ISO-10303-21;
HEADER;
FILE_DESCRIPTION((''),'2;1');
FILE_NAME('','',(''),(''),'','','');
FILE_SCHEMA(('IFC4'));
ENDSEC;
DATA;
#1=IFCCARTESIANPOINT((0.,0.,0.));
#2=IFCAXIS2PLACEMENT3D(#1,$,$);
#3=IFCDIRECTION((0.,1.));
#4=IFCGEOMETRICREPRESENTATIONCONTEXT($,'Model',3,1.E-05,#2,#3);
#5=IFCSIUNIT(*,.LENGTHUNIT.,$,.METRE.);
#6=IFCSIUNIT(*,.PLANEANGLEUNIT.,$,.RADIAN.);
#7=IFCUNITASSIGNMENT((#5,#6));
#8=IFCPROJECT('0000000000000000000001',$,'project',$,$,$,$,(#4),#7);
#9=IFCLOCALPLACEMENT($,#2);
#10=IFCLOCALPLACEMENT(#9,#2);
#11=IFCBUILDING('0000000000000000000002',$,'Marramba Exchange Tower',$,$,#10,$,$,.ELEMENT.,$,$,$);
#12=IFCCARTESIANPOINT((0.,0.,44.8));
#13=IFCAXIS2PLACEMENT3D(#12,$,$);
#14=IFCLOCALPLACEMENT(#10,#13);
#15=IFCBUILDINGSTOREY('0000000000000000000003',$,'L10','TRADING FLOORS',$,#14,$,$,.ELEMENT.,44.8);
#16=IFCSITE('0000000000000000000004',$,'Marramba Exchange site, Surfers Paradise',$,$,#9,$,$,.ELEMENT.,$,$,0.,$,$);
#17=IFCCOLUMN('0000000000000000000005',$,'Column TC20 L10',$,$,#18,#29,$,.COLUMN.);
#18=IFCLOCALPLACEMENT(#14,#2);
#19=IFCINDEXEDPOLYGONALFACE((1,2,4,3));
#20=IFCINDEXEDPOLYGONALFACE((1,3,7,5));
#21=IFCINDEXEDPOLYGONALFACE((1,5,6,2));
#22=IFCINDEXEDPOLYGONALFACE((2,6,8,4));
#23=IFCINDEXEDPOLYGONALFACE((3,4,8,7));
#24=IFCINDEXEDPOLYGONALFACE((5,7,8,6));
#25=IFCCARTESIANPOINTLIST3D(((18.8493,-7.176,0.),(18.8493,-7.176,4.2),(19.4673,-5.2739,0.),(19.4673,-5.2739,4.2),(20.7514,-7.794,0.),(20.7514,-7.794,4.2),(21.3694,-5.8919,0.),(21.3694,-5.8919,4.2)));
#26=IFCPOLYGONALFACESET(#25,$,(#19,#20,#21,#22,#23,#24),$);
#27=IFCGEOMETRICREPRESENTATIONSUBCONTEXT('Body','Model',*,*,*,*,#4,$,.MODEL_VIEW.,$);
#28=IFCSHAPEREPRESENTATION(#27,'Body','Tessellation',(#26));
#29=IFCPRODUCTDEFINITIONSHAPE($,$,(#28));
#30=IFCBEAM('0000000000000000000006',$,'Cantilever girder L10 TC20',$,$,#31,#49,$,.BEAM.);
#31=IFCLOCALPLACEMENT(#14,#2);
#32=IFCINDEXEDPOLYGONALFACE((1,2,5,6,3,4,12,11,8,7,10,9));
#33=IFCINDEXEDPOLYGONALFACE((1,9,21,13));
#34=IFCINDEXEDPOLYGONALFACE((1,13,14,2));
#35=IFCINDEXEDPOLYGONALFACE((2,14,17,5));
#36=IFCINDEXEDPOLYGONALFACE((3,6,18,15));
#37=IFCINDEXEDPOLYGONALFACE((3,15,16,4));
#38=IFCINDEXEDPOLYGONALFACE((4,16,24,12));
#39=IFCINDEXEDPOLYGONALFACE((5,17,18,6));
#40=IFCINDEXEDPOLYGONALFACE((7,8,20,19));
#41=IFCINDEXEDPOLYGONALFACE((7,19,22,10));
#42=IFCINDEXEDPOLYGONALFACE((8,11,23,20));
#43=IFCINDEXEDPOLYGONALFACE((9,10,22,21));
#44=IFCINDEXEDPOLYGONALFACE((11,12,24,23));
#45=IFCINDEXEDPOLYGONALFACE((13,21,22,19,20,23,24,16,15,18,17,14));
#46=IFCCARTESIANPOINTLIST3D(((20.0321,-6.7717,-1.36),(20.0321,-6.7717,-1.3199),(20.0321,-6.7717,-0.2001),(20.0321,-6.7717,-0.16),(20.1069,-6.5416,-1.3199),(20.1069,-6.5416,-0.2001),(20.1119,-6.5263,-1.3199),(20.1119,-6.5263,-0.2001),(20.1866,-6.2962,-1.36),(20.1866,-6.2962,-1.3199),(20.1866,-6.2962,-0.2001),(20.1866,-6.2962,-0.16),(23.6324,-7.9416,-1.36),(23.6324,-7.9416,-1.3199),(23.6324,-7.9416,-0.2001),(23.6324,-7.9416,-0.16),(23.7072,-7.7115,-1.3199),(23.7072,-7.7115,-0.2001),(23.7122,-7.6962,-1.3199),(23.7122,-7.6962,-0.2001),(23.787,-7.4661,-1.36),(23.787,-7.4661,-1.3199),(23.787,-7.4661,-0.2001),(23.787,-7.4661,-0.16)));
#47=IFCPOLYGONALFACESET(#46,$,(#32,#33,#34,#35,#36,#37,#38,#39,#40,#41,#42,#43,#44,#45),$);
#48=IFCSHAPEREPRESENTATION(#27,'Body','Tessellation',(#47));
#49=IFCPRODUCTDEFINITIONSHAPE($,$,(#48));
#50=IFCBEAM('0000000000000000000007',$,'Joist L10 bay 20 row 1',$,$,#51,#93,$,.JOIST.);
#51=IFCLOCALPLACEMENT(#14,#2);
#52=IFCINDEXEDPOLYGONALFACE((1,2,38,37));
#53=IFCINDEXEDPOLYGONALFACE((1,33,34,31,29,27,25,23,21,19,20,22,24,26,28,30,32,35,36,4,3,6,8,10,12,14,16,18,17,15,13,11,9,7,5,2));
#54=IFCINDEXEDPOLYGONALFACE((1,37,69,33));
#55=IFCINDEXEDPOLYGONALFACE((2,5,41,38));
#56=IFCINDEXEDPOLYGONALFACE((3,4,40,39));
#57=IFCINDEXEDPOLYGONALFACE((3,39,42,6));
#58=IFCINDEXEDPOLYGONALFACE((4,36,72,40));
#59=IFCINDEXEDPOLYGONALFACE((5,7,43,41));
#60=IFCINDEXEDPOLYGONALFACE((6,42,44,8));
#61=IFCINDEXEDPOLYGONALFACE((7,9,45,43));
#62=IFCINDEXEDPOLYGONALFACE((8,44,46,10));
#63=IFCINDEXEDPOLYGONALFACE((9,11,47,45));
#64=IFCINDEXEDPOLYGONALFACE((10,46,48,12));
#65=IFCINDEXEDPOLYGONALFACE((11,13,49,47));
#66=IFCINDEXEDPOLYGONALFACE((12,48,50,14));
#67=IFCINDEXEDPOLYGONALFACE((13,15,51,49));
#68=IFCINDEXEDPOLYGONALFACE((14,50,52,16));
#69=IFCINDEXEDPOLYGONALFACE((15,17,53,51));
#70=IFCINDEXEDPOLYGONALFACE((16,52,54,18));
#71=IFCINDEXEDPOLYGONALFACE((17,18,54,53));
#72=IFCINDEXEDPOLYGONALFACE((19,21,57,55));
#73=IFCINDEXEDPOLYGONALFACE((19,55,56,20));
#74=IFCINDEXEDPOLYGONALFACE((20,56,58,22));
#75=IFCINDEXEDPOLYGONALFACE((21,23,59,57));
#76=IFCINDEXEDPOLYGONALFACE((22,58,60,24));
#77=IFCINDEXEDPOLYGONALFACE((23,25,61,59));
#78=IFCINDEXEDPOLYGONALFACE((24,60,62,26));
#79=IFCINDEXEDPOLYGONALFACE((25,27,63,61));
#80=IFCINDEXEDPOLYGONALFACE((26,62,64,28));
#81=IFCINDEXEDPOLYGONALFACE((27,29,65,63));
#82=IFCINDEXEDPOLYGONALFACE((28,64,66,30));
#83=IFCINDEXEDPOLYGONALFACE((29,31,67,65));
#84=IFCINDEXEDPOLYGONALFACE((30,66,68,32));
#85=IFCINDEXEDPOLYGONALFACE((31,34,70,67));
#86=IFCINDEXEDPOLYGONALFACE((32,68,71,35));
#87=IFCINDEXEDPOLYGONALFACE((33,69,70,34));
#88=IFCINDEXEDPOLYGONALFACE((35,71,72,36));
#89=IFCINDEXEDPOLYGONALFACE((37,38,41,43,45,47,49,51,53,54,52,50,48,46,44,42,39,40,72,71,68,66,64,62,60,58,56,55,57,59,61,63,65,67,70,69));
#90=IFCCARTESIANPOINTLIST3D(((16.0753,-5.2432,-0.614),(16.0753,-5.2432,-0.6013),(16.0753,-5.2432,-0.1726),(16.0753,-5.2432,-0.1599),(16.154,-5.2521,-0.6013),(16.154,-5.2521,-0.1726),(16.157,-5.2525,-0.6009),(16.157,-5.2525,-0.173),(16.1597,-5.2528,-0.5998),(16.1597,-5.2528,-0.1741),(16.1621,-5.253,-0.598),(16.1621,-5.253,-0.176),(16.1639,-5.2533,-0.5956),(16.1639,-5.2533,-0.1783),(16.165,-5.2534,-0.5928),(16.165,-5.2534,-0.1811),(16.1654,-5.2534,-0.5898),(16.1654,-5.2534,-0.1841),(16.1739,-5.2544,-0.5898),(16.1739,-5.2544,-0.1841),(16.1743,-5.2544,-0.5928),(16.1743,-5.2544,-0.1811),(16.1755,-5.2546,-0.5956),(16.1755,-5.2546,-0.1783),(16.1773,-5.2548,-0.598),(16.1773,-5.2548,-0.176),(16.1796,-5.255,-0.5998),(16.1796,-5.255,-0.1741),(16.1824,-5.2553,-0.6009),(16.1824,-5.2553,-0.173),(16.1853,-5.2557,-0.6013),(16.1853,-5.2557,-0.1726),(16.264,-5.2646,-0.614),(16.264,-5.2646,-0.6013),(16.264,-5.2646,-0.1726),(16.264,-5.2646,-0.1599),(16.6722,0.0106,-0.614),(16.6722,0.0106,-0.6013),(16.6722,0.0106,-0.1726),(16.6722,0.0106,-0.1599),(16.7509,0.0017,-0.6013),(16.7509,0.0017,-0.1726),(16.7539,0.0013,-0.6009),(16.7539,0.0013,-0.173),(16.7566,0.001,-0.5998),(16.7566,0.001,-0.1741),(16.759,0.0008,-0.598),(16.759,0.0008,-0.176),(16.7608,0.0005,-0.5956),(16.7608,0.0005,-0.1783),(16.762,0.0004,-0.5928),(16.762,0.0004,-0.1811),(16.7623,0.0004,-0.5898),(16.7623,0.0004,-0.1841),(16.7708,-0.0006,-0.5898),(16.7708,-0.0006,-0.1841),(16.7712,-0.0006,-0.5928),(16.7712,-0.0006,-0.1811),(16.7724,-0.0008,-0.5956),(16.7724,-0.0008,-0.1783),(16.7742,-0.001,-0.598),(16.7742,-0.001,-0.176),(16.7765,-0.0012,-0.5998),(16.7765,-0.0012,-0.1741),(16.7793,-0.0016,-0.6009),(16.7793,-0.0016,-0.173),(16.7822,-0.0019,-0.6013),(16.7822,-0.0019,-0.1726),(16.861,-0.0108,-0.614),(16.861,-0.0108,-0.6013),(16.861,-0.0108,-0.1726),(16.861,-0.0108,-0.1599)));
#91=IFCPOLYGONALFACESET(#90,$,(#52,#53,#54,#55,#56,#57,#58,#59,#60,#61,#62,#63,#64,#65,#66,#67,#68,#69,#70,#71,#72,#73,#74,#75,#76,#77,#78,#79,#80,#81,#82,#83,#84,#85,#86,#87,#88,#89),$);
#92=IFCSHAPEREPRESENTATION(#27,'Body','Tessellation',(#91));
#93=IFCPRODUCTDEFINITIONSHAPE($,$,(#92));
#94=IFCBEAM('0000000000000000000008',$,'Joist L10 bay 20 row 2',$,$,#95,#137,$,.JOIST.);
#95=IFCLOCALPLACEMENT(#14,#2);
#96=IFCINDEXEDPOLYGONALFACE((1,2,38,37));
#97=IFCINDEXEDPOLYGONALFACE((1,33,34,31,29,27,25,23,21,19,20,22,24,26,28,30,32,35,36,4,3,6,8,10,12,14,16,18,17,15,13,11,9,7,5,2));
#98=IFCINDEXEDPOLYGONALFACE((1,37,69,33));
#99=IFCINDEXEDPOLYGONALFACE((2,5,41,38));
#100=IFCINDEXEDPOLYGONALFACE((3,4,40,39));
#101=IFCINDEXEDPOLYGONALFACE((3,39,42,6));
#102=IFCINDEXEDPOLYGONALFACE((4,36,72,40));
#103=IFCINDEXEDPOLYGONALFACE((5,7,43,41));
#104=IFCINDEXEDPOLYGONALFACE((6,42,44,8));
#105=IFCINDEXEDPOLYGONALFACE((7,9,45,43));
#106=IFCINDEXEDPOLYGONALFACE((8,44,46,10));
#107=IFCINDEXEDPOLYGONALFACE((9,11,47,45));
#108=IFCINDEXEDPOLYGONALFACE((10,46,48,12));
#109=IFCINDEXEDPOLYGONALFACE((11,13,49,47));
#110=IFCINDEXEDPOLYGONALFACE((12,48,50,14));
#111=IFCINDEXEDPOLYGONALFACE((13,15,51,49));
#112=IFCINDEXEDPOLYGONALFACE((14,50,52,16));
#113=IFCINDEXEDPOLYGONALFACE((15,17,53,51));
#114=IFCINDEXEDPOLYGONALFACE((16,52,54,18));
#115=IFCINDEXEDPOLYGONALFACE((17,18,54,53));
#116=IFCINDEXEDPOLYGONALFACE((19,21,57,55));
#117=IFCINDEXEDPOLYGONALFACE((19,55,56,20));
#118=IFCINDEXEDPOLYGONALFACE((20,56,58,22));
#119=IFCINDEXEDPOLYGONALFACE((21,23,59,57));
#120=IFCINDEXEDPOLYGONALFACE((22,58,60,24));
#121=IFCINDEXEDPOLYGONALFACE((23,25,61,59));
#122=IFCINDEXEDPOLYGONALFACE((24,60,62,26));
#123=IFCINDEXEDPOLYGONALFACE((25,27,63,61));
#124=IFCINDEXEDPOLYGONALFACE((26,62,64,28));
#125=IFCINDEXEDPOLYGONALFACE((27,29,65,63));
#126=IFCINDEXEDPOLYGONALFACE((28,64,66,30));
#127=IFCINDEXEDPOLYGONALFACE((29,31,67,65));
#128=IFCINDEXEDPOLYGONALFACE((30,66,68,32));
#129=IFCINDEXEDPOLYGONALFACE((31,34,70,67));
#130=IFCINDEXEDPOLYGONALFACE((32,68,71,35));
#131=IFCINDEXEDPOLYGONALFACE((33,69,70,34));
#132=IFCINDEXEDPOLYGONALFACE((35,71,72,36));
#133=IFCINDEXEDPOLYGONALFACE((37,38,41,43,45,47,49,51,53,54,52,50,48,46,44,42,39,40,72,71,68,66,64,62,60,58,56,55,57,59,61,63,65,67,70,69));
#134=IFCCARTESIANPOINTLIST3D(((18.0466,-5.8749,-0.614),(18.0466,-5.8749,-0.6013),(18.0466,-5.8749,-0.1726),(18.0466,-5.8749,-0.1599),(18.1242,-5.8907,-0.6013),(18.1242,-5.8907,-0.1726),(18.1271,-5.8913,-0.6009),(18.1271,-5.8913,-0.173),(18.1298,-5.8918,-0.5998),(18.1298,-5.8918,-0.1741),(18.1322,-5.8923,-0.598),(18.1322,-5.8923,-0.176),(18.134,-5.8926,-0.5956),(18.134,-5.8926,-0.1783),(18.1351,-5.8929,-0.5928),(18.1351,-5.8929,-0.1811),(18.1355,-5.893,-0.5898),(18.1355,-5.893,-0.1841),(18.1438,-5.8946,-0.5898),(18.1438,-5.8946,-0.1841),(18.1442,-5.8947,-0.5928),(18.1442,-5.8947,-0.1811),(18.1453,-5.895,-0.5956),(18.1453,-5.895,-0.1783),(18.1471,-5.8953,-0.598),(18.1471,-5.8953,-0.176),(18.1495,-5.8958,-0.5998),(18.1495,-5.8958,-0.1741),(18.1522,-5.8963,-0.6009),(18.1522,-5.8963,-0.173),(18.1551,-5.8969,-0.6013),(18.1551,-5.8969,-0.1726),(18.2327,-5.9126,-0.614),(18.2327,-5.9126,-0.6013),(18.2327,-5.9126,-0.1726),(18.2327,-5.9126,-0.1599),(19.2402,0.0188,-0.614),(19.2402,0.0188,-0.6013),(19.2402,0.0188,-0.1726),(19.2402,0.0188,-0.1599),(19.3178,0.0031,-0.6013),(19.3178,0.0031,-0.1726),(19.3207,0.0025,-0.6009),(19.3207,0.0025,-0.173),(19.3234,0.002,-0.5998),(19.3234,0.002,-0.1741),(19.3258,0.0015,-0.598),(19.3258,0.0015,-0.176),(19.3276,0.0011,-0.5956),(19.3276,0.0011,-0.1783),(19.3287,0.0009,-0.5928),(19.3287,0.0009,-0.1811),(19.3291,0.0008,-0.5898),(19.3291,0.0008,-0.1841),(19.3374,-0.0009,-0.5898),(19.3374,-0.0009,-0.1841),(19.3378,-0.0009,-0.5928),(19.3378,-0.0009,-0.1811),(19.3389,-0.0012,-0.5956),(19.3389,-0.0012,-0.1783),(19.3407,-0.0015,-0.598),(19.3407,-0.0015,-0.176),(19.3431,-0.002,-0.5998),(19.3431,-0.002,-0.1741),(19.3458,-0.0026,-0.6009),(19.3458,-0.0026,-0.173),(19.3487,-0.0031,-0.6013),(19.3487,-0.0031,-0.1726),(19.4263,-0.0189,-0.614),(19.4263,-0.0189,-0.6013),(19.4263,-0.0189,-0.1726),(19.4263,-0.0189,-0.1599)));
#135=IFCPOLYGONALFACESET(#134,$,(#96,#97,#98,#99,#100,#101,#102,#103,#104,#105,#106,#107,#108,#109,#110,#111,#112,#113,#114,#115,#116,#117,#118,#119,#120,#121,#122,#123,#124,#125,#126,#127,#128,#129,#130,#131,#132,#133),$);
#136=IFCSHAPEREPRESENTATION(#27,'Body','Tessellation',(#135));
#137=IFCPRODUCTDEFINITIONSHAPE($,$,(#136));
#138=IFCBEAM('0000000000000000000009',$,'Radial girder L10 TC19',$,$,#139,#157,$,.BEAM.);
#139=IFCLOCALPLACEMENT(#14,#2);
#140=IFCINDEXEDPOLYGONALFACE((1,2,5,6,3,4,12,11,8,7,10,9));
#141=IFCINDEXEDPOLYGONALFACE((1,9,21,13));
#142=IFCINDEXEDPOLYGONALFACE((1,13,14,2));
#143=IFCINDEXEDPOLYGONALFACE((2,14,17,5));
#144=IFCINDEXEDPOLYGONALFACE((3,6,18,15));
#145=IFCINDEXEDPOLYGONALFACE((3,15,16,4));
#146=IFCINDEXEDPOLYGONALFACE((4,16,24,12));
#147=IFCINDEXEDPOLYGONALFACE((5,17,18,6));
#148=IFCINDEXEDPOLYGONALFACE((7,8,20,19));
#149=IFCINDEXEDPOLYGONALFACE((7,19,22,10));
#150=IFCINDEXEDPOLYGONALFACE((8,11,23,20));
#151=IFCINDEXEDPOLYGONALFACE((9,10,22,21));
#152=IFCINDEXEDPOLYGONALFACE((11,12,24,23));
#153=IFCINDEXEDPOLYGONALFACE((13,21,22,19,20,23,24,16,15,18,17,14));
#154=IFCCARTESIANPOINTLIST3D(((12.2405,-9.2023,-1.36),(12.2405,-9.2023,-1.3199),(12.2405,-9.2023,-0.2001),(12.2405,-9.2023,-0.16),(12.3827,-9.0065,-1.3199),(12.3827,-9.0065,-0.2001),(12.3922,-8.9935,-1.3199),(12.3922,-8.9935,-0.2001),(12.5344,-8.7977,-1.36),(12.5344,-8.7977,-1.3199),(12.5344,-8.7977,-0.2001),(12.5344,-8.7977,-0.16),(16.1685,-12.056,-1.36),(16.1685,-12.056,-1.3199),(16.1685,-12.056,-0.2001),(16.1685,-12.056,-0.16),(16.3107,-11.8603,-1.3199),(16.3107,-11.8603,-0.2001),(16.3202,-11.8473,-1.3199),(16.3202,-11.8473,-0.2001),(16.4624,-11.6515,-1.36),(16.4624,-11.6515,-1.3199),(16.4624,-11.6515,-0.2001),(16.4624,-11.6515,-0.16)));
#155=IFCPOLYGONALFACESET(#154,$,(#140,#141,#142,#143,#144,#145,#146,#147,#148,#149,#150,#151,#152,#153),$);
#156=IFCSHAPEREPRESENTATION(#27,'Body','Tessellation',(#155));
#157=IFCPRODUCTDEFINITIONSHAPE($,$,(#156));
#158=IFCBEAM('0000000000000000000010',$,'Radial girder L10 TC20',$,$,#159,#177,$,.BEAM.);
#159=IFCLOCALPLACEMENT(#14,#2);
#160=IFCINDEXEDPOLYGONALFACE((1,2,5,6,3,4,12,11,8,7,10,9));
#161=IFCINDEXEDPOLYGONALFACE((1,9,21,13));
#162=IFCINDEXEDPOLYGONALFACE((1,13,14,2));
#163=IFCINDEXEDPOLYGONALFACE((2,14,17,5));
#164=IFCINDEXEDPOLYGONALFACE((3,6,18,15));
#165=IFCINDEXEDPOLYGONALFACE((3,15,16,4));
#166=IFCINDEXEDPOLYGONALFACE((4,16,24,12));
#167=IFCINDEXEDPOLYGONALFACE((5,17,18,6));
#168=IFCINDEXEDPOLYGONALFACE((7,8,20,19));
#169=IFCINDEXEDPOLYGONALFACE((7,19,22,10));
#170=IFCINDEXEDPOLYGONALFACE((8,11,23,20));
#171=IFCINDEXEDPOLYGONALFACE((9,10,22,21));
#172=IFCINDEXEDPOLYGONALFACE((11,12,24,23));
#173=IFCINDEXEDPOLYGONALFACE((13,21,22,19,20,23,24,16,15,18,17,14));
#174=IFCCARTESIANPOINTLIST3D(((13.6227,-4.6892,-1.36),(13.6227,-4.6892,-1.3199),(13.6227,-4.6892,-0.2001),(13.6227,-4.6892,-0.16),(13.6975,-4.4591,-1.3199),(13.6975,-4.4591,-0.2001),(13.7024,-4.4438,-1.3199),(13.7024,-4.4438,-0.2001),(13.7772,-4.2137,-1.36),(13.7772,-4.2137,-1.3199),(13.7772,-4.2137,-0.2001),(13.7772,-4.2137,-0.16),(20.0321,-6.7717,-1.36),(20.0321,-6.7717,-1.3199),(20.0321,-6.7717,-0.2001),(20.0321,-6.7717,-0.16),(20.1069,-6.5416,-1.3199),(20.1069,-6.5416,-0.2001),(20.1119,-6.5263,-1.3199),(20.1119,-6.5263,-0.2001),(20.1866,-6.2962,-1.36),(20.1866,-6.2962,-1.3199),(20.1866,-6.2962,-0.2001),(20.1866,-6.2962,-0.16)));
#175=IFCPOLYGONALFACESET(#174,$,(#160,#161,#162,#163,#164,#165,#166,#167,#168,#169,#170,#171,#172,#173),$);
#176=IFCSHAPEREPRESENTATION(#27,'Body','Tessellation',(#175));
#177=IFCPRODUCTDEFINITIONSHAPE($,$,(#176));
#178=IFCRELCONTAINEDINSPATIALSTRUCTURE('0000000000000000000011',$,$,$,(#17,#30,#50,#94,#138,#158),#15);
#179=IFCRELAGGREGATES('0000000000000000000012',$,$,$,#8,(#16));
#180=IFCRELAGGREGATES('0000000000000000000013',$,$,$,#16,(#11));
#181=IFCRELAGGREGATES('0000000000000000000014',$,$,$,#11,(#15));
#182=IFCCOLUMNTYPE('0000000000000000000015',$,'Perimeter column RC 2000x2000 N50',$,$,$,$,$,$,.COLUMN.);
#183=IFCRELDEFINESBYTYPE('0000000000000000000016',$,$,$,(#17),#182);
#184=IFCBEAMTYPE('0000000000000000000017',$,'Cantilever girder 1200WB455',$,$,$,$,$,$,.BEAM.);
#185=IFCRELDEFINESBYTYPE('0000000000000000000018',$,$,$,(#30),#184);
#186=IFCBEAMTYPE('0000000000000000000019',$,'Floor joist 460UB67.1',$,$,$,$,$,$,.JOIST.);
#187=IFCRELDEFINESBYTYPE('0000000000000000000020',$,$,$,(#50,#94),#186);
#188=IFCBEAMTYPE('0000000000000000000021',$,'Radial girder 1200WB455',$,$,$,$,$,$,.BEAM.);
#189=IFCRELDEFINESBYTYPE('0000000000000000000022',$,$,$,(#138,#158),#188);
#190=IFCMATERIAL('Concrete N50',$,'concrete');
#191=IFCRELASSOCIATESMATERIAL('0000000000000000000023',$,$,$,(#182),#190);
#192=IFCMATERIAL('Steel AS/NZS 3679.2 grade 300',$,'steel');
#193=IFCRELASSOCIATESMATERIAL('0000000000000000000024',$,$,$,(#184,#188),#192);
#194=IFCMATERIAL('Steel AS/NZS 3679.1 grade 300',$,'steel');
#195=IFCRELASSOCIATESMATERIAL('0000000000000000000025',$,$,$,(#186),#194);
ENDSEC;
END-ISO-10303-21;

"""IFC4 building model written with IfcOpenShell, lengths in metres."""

from ifc_helpers import new_model, si_unit, direction, frame, origin, origin_2d, place, context, subcontext, project, spatial, rectangle, i_section, extrude, material, material_profile, profile_set, type_object, element, save


model = new_model("IFC4")

# Units and contexts
model_context = context("Model", 3, precision=1e-05, world=origin(), true_north=direction((0.0, 1.0)))
body_context = subcontext(model_context, "Body", "Model", "MODEL_VIEW")
ifc_project = project(units=[si_unit("LENGTHUNIT", "METRE"), si_unit("PLANEANGLEUNIT", "RADIAN")], contexts=[model_context])

# Site, building, storey
site_placement = place(None, origin())
site = spatial("IfcSite", under=ifc_project, at=site_placement, Name="Marramba Exchange site, Surfers Paradise", CompositionType="ELEMENT", RefElevation=0.0)
building_placement = place(site_placement, origin())
building = spatial("IfcBuilding", under=site, at=building_placement, Name="Marramba Exchange Tower", CompositionType="ELEMENT")
storey_placement = place(building_placement, frame((0.0, 0.0, 44.8)))
storey = spatial("IfcBuildingStorey", under=building, at=storey_placement, Name="L10", Description="TRADING FLOORS", CompositionType="ELEMENT", Elevation=44.8)

# Column
ifc_material_1 = material(Name="Concrete N50", Category="concrete")
ifc_material_profile_1 = material_profile(ifc_material_1, rectangle(XDim=2.0, YDim=2.0, at=origin_2d()), Name="RC 2000x2000")
ifc_profile_set_1 = profile_set([ifc_material_profile_1], Name="Concrete N50")
column_type = type_object("IfcColumnType", Name="Perimeter column RC 2000x2000 N50", PredefinedType="COLUMN", material=ifc_profile_set_1)
column_placement = place(storey_placement, frame((20.1094, -6.5339, 0.0), z_axis=(0.0, 0.0, 1.0), x_axis=(0.951057, -0.309017, 0.0)))
element("IfcColumn", 1, at=column_placement, inside=storey, type_object=column_type, Name="Column TC20 L10", PredefinedType="COLUMN", context=body_context, shape_type="SweptSolid", body=[
    extrude(rectangle(XDim=2.0, YDim=2.0, at=origin_2d()), origin(), (0.0, 0.0, 1.0), 4.2),
])

# Beams
ifc_material_2 = material(Name="Steel AS/NZS 3679.2 grade 300", Category="steel")
ifc_material_profile_2 = material_profile(ifc_material_2, i_section(OverallWidth=0.5, OverallDepth=1.2, WebThickness=0.0161, FlangeThickness=0.04, at=origin_2d()), Name="1200WB455")
ifc_profile_set_2 = profile_set([ifc_material_profile_2], Name="Steel AS/NZS 3679.2 grade 300")
beam_type_1 = type_object("IfcBeamType", Name="Cantilever girder 1200WB455", PredefinedType="BEAM", material=ifc_profile_set_2)
beam_1_placement = place(storey_placement, frame((20.1094, -6.5339, -0.76), z_axis=(0.951049, -0.309041, 0.0), x_axis=(0.309041, 0.951049, 0.0)))
element("IfcBeam", 2, at=beam_1_placement, inside=storey, type_object=beam_type_1, Name="Cantilever girder L10 TC20", PredefinedType="BEAM", context=body_context, shape_type="SweptSolid", body=[
    extrude(i_section(OverallWidth=0.5, OverallDepth=1.2, WebThickness=0.0161, FlangeThickness=0.04, at=origin_2d()), origin(), (0.0, 0.0, 1.0), 3.7856),
])
ifc_material_3 = material(Name="Steel AS/NZS 3679.1 grade 300", Category="steel")
ifc_material_profile_3 = material_profile(ifc_material_3, i_section(OverallWidth=0.1899, OverallDepth=0.4541, WebThickness=0.0085, FlangeThickness=0.0127, FilletRadius=0.0115, at=origin_2d()), Name="460UB67.1")
ifc_profile_set_3 = profile_set([ifc_material_profile_3], Name="Steel AS/NZS 3679.1 grade 300")
beam_type_2 = type_object("IfcBeamType", Name="Floor joist 460UB67.1", PredefinedType="JOIST", material=ifc_profile_set_3)
beam_2_placement = place(storey_placement, frame((16.1697, -5.2539, -0.387), z_axis=(0.112889, 0.993608, 0.0), x_axis=(-0.993608, 0.112889, 0.0)))
element("IfcBeam", 3, at=beam_2_placement, inside=storey, type_object=beam_type_2, Name="Joist L10 bay 20 row 1", PredefinedType="JOIST", context=body_context, shape_type="SweptSolid", body=[
    extrude(i_section(OverallWidth=0.1899, OverallDepth=0.4541, WebThickness=0.0085, FlangeThickness=0.0127, FilletRadius=0.0115, at=origin_2d()), origin(), (0.0, 0.0, 1.0), 5.2876),
])
beam_3_placement = place(storey_placement, frame((18.1396, -5.8938, -0.387), z_axis=(0.198489, 0.980103, 0.0), x_axis=(-0.980103, 0.198489, 0.0)))
element("IfcBeam", 4, at=beam_3_placement, inside=storey, type_object=beam_type_2, Name="Joist L10 bay 20 row 2", PredefinedType="JOIST", context=body_context, shape_type="SweptSolid", body=[
    extrude(i_section(OverallWidth=0.1899, OverallDepth=0.4541, WebThickness=0.0085, FlangeThickness=0.0127, FilletRadius=0.0115, at=origin_2d()), origin(), (0.0, 0.0, 1.0), 6.0134),
])
ifc_material_profile_4 = material_profile(ifc_material_2, i_section(OverallWidth=0.5, OverallDepth=1.2, WebThickness=0.0161, FlangeThickness=0.04, at=origin_2d()), Name="1200WB455")
ifc_profile_set_4 = profile_set([ifc_material_profile_4], Name="Steel AS/NZS 3679.2 grade 300")
beam_type_3 = type_object("IfcBeamType", Name="Radial girder 1200WB455", PredefinedType="BEAM", material=ifc_profile_set_4)
beam_4_placement = place(storey_placement, frame((12.3875, -9.0, -0.76), z_axis=(0.809025, -0.587774, 0.0), x_axis=(0.587774, 0.809025, 0.0)))
element("IfcBeam", 5, at=beam_4_placement, inside=storey, type_object=beam_type_3, Name="Radial girder L10 TC19", PredefinedType="BEAM", context=body_context, shape_type="SweptSolid", body=[
    extrude(i_section(OverallWidth=0.5, OverallDepth=1.2, WebThickness=0.0161, FlangeThickness=0.04, at=origin_2d()), origin(), (0.0, 0.0, 1.0), 4.8552),
])
beam_5_placement = place(storey_placement, frame((13.7, -4.4514, -0.76), z_axis=(0.951058, -0.309013, 0.0), x_axis=(0.309013, 0.951058, 0.0)))
element("IfcBeam", 6, at=beam_5_placement, inside=storey, type_object=beam_type_3, Name="Radial girder L10 TC20", PredefinedType="BEAM", context=body_context, shape_type="SweptSolid", body=[
    extrude(i_section(OverallWidth=0.5, OverallDepth=1.2, WebThickness=0.0161, FlangeThickness=0.04, at=origin_2d()), origin(), (0.0, 0.0, 1.0), 6.7393),
])

save(model, "model.ifc")
